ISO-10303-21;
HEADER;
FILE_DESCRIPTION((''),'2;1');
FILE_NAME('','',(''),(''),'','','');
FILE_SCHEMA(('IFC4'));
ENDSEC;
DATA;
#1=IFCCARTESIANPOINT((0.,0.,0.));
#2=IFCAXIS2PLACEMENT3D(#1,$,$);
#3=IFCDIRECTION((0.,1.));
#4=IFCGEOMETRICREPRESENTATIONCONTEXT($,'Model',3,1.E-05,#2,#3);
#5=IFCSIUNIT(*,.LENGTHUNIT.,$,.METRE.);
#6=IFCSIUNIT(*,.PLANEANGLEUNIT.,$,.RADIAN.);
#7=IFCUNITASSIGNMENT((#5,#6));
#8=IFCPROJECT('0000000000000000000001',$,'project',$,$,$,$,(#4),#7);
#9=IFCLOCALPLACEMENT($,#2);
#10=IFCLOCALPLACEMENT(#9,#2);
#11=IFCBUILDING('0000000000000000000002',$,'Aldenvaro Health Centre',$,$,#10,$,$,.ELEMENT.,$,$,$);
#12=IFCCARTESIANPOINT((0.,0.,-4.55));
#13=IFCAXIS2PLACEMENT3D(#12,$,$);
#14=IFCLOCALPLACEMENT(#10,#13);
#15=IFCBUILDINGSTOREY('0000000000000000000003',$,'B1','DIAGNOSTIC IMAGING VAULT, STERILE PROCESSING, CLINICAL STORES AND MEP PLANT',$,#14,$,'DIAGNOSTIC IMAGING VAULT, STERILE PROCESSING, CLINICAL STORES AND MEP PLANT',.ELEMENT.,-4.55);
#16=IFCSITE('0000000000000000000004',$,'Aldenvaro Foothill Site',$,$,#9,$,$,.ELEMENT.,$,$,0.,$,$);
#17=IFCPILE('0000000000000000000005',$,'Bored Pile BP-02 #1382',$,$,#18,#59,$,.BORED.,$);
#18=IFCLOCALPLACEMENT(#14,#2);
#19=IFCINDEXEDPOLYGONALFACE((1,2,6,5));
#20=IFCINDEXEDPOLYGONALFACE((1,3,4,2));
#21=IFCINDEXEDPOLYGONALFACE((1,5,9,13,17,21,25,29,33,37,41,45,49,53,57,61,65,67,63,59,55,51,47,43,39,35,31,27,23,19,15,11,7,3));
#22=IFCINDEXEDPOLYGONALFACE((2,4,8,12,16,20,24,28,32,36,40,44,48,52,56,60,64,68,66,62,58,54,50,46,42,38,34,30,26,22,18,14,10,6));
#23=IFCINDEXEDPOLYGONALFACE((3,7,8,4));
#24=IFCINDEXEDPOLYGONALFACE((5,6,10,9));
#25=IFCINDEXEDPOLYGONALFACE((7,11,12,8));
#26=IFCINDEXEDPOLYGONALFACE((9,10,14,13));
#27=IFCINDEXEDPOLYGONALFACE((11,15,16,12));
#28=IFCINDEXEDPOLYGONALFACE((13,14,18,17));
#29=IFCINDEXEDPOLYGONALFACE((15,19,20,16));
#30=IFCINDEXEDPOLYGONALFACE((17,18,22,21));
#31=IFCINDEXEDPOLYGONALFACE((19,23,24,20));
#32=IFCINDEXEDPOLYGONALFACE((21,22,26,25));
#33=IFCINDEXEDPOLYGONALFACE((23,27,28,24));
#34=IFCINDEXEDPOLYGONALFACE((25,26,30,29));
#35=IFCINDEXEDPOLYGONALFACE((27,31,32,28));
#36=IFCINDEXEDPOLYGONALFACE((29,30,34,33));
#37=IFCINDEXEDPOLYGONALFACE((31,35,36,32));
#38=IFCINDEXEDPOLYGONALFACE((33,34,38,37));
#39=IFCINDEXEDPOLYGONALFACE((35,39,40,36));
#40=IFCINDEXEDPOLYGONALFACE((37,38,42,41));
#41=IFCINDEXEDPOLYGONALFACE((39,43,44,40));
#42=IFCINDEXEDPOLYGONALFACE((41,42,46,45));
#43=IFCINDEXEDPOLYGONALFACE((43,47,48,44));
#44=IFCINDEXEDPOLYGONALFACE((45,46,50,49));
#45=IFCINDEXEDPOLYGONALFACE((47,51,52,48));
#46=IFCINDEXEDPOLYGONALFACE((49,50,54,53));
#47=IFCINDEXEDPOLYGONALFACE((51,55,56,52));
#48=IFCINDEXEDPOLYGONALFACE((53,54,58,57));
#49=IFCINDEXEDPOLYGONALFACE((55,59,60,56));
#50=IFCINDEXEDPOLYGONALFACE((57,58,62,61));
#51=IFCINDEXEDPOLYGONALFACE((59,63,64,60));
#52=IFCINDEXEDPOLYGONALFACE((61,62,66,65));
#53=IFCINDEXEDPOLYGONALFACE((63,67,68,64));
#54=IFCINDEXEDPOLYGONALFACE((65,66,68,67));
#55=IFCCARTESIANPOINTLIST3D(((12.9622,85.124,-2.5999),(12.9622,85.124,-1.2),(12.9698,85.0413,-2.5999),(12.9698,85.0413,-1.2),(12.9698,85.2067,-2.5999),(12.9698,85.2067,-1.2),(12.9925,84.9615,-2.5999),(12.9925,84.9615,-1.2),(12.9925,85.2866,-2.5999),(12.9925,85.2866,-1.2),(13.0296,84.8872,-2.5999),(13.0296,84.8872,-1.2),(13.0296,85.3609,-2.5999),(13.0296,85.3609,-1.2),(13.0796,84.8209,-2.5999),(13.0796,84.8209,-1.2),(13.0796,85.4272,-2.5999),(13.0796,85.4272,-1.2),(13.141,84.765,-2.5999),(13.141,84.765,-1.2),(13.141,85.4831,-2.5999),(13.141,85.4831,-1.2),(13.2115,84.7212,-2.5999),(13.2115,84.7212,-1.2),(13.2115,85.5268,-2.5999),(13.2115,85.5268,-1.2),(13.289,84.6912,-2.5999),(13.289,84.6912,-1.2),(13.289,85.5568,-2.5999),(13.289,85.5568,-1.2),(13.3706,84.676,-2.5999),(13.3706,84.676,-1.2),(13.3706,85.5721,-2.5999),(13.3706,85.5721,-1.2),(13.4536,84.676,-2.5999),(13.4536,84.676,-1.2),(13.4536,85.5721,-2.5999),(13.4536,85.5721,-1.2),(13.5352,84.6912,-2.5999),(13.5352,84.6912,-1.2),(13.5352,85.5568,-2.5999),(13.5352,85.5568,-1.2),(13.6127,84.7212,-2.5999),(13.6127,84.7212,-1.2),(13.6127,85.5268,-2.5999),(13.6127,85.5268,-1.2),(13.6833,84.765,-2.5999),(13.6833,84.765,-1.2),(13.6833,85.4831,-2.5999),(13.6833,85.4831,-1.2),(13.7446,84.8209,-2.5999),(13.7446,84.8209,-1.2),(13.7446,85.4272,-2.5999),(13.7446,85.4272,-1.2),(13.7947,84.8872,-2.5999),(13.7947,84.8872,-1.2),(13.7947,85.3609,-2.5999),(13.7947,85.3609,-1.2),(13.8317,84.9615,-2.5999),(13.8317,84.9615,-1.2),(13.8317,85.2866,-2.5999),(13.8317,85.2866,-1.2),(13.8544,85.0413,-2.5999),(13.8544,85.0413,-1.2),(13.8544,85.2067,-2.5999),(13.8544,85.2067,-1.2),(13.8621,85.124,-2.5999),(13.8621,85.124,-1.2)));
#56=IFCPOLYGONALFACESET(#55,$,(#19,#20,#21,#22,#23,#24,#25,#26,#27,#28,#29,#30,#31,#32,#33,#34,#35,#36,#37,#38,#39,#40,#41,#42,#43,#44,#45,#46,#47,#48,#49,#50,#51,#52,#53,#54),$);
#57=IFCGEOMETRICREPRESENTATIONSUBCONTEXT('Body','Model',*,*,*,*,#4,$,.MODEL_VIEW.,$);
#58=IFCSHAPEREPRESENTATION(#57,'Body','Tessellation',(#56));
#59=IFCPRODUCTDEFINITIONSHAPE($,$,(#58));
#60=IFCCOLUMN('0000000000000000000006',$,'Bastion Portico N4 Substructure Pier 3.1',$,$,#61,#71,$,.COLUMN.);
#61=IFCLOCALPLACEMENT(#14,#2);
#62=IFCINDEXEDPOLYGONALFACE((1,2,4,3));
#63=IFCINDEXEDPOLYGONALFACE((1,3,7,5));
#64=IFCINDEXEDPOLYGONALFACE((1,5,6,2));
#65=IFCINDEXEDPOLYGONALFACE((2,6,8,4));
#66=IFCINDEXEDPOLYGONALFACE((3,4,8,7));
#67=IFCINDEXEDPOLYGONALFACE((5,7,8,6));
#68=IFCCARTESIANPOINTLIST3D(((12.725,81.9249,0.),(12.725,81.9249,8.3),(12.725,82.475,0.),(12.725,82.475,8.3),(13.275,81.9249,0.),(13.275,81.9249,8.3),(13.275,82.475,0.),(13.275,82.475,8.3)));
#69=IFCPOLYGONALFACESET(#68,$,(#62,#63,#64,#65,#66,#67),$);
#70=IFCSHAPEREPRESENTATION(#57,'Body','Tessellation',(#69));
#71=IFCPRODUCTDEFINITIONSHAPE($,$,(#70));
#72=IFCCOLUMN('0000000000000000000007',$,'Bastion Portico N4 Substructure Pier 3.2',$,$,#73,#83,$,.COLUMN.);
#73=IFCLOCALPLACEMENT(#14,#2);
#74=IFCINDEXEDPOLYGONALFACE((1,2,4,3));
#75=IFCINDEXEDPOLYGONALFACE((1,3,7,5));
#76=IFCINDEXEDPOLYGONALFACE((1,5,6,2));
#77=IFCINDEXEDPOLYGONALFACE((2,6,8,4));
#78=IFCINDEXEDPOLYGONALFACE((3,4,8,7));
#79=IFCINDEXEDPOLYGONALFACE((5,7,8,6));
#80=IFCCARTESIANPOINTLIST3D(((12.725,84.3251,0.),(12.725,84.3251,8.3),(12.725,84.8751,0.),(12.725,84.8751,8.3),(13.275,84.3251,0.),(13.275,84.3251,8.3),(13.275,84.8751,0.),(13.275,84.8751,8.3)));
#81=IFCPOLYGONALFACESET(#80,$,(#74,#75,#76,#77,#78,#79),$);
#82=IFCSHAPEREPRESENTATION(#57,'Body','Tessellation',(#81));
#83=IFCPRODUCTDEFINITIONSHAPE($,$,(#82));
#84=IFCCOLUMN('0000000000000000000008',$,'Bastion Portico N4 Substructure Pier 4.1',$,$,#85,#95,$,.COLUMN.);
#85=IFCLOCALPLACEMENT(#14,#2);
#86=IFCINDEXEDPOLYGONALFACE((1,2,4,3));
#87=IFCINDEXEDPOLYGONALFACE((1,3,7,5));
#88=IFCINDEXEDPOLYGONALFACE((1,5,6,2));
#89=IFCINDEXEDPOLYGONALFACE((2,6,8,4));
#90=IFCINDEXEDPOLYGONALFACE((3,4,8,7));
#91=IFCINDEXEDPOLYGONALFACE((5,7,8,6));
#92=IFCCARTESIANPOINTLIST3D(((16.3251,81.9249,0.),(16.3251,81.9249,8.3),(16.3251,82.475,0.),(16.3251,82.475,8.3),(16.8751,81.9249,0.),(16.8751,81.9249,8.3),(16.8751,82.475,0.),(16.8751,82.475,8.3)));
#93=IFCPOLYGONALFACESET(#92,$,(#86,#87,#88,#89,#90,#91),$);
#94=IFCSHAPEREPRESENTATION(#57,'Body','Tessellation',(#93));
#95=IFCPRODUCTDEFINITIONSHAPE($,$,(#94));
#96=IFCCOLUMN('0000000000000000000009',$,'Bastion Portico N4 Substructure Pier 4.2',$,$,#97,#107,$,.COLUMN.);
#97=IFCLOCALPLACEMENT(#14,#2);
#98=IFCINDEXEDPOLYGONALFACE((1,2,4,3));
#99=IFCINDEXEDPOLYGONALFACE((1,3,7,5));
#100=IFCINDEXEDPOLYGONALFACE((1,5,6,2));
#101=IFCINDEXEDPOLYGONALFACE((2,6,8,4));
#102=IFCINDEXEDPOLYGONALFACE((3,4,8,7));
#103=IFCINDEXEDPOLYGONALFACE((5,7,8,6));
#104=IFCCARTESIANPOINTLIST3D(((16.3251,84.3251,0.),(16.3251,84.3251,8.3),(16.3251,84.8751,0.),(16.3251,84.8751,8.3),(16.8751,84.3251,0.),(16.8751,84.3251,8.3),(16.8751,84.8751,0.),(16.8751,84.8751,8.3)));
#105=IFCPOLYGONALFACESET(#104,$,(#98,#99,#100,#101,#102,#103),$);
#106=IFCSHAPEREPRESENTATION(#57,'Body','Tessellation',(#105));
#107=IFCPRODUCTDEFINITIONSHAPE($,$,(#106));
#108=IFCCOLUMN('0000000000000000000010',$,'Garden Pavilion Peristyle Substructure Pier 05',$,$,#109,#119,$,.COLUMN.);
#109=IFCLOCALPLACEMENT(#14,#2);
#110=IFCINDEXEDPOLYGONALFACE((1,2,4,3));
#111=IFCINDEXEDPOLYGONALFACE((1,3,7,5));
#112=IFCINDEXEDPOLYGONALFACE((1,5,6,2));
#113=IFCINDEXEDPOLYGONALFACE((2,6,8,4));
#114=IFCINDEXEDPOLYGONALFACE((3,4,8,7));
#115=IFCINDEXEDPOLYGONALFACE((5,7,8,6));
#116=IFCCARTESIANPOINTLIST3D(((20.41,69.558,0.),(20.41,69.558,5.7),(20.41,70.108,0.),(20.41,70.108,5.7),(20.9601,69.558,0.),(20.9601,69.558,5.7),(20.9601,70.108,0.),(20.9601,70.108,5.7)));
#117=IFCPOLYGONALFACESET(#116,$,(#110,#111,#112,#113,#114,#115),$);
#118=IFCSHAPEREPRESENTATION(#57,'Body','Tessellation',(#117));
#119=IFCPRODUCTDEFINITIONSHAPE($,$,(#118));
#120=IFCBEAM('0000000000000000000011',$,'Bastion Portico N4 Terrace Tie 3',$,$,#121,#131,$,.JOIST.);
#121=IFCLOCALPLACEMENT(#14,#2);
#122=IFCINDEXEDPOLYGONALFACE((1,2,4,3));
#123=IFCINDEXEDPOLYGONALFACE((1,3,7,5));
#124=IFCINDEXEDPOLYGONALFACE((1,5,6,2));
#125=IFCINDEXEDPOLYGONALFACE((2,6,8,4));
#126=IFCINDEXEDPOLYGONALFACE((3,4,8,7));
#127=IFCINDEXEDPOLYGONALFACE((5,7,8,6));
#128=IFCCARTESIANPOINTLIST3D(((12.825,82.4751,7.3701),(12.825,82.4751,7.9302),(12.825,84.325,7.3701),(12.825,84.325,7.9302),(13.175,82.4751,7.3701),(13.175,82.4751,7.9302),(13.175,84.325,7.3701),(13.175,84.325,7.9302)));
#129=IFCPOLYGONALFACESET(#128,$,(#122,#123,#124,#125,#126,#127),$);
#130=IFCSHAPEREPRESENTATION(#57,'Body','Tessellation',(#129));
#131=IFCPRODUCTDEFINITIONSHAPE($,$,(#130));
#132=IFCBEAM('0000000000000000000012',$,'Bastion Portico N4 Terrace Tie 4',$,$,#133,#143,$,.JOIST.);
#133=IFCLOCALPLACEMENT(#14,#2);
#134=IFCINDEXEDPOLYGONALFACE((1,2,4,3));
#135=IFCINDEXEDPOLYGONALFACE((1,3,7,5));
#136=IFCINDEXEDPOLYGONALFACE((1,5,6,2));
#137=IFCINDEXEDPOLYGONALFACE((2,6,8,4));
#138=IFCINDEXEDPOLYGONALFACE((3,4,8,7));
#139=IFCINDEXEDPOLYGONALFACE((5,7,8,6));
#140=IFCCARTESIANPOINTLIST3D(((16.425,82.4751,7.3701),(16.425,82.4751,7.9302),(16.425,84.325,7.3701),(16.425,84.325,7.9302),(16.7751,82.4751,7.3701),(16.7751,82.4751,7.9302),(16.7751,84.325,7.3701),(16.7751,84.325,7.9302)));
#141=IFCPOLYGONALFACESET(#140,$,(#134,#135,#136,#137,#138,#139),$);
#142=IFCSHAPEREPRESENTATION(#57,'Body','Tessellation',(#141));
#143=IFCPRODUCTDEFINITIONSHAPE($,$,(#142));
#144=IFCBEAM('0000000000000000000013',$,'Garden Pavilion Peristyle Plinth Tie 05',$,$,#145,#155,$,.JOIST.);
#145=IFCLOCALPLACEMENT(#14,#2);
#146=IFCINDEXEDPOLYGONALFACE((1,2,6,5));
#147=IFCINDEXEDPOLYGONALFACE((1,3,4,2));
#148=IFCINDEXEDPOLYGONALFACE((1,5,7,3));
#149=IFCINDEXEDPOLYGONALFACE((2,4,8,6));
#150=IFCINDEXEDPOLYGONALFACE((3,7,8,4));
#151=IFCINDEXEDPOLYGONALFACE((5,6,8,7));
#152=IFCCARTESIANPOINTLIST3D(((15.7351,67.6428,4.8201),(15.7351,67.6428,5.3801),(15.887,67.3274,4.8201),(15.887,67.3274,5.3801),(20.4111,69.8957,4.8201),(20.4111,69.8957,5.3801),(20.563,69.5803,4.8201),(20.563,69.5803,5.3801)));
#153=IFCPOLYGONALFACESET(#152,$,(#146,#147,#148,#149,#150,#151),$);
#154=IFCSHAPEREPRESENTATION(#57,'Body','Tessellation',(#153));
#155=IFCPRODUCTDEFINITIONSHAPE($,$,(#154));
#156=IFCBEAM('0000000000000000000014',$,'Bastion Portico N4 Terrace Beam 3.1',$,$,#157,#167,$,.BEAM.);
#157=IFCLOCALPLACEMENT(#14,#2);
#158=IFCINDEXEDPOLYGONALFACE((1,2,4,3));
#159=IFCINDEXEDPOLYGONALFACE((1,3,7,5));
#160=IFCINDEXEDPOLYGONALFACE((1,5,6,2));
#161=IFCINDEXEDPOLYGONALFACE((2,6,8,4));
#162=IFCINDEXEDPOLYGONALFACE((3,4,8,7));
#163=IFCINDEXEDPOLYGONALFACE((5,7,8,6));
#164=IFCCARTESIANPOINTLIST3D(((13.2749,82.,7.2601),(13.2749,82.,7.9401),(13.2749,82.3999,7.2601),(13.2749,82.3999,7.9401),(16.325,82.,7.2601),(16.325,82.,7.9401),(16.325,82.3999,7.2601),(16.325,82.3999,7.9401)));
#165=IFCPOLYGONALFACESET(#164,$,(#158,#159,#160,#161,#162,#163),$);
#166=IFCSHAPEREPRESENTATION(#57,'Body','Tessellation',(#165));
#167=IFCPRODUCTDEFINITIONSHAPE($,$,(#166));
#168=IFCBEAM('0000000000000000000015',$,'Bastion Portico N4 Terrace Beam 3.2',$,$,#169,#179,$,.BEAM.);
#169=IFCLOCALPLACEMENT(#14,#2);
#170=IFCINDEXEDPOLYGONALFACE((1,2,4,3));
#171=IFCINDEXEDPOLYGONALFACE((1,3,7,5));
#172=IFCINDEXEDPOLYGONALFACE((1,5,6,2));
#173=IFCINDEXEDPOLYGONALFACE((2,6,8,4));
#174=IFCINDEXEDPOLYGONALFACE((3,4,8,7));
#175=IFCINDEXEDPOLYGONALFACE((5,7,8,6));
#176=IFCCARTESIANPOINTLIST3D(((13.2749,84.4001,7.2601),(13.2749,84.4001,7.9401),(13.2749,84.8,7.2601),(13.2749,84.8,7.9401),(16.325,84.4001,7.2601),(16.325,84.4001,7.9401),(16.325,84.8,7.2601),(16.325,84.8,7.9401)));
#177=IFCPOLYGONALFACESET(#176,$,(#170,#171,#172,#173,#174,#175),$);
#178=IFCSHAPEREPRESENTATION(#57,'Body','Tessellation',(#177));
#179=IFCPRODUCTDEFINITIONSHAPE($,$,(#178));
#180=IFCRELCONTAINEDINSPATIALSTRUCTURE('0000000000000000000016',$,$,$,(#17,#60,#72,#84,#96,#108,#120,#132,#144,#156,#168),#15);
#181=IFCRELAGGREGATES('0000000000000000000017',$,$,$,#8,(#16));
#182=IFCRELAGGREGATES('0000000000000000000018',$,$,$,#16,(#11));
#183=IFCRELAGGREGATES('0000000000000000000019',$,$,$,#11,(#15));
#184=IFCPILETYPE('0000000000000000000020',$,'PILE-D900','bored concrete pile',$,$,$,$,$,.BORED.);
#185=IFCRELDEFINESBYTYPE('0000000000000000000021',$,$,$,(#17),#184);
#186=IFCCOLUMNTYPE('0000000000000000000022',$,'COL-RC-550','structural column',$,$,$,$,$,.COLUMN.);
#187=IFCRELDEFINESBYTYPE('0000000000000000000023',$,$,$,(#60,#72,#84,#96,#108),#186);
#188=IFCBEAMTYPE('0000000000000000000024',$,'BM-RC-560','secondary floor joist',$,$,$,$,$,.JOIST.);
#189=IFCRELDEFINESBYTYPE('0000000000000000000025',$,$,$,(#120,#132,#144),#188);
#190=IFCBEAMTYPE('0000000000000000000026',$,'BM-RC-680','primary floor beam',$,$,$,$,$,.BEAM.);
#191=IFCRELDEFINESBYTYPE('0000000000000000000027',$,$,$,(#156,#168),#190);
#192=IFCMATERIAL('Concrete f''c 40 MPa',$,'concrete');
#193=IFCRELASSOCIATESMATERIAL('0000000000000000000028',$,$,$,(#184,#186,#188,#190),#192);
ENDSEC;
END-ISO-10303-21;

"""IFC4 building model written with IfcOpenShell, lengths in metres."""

from ifc_helpers import new_model, si_unit, direction, frame, origin, origin_2d, place, context, subcontext, project, spatial, rectangle, circle, extrude, material, material_profile, profile_set, type_object, element, save


model = new_model("IFC4")

# Units and contexts
model_context = context("Model", 3, precision=1e-05, world=origin(), true_north=direction((0.0, 1.0)))
body_context = subcontext(model_context, "Body", "Model", "MODEL_VIEW")
ifc_project = project(units=[si_unit("LENGTHUNIT", "METRE"), si_unit("PLANEANGLEUNIT", "RADIAN")], contexts=[model_context])

# Site, building, storey
site_placement = place(None, origin())
site = spatial("IfcSite", under=ifc_project, at=site_placement, Name="Aldenvaro Foothill Site", CompositionType="ELEMENT", RefElevation=0.0)
building_placement = place(site_placement, origin())
building = spatial("IfcBuilding", under=site, at=building_placement, Name="Aldenvaro Health Centre", CompositionType="ELEMENT")
storey_placement = place(building_placement, frame((0.0, 0.0, -4.55)))
storey = spatial("IfcBuildingStorey", under=building, at=storey_placement, Name="B1", Description="DIAGNOSTIC IMAGING VAULT, STERILE PROCESSING, CLINICAL STORES AND MEP PLANT", LongName="DIAGNOSTIC IMAGING VAULT, STERILE PROCESSING, CLINICAL STORES AND MEP PLANT", CompositionType="ELEMENT", Elevation=-4.55)

# Shared definitions
ifc_material = material(Name="Concrete f'c 40 MPa", Category="concrete")

# Pile
ifc_material_profile_1 = material_profile(ifc_material, circle(Radius=0.45, at=origin_2d()), Name="PILE D900", Category="concrete")
ifc_profile_set_1 = profile_set([ifc_material_profile_1], Name="Concrete f'c 40 MPa")
pile_type_1 = type_object("IfcPileType", Name="PILE-D900", Description="bored concrete pile", PredefinedType="BORED", material=ifc_profile_set_1)
for number, where, z_axis, x_axis, name in (
    (1, (13.4121, 85.124, -1.2), (0.0, 0.0, -1.0), (1.0, 0.0, 0.0), "Bored Pile BP-02 #1382"),
):
    element("IfcPile", number, at=place(storey_placement, frame(where, z_axis=z_axis, x_axis=x_axis)), inside=storey, type_object=pile_type_1, Name=name, PredefinedType="BORED", context=body_context, shape_type="SweptSolid", body=[
        extrude(circle(Radius=0.45, at=origin_2d()), origin(), (0.0, 0.0, 1.0), 1.3999),
    ])

# Columns
ifc_material_profile_2 = material_profile(ifc_material, rectangle(XDim=0.55, YDim=0.55, at=origin_2d()), Name="RC 550x550", Category="concrete")
ifc_profile_set_2 = profile_set([ifc_material_profile_2], Name="Concrete f'c 40 MPa")
column_type = type_object("IfcColumnType", Name="COL-RC-550", Description="structural column", PredefinedType="COLUMN", material=ifc_profile_set_2)
for number, where, z_axis, x_axis, name in (
    (2, (13.0, 82.2, 0.0), (0.0, 0.0, 1.0), (1.0, 0.0, 0.0), "Bastion Portico N4 Substructure Pier 3.1"),
    (3, (13.0, 84.6001, 0.0), (0.0, 0.0, 1.0), (1.0, 0.0, 0.0), "Bastion Portico N4 Substructure Pier 3.2"),
    (4, (16.6001, 82.2, 0.0), (0.0, 0.0, 1.0), (1.0, 0.0, 0.0), "Bastion Portico N4 Substructure Pier 4.1"),
    (5, (16.6001, 84.6001, 0.0), (0.0, 0.0, 1.0), (1.0, 0.0, 0.0), "Bastion Portico N4 Substructure Pier 4.2"),
):
    element("IfcColumn", number, at=place(storey_placement, frame(where, z_axis=z_axis, x_axis=x_axis)), inside=storey, type_object=column_type, Name=name, PredefinedType="COLUMN", context=body_context, shape_type="SweptSolid", body=[
        extrude(rectangle(XDim=0.55, YDim=0.55, at=origin_2d()), origin(), (0.0, 0.0, 1.0), 8.3),
    ])
column_placement = place(storey_placement, frame((20.6851, 69.833, 0.0), z_axis=(0.0, 0.0, 1.0), x_axis=(1.0, 0.0, 0.0)))
element("IfcColumn", 6, at=column_placement, inside=storey, type_object=column_type, Name="Garden Pavilion Peristyle Substructure Pier 05", PredefinedType="COLUMN", context=body_context, shape_type="SweptSolid", body=[
    extrude(rectangle(XDim=0.55, YDim=0.55, at=origin_2d()), origin(), (0.0, 0.0, 1.0), 5.7),
])

# Beams
ifc_material_profile_3 = material_profile(ifc_material, rectangle(XDim=0.3501, YDim=0.5601, at=origin_2d()), Name="RC 350x560", Category="concrete")
ifc_profile_set_3 = profile_set([ifc_material_profile_3], Name="Concrete f'c 40 MPa")
beam_type_1 = type_object("IfcBeamType", Name="BM-RC-560", Description="secondary floor joist", PredefinedType="JOIST", material=ifc_profile_set_3)
for number, where, z_axis, x_axis, name in (
    (7, (13.0, 82.4751, 7.6501), (0.0, 1.0, 0.0), (-1.0, 0.0, 0.0), "Bastion Portico N4 Terrace Tie 3"),
    (8, (16.6001, 82.4751, 7.6501), (0.0, 1.0, 0.0), (-1.0, 0.0, 0.0), "Bastion Portico N4 Terrace Tie 4"),
):
    element("IfcBeam", number, at=place(storey_placement, frame(where, z_axis=z_axis, x_axis=x_axis)), inside=storey, type_object=beam_type_1, Name=name, PredefinedType="JOIST", context=body_context, shape_type="SweptSolid", body=[
        extrude(rectangle(XDim=0.3501, YDim=0.5601, at=origin_2d()), origin(), (0.0, 0.0, 1.0), 1.8499),
    ])
beam_placement = place(storey_placement, frame((20.4871, 69.738, 5.1001), z_axis=(-0.900888, -0.434052, 0.0), x_axis=(0.434052, -0.900888, 0.0)))
element("IfcBeam", 9, at=beam_placement, inside=storey, type_object=beam_type_1, Name="Garden Pavilion Peristyle Plinth Tie 05", PredefinedType="JOIST", context=body_context, shape_type="SweptSolid", body=[
    extrude(rectangle(XDim=0.3501, YDim=0.5601, at=origin_2d()), origin(), (0.0, 0.0, 1.0), 5.1904),
])
ifc_material_profile_4 = material_profile(ifc_material, rectangle(XDim=0.3999, YDim=0.6799, at=origin_2d()), Name="RC 400x680", Category="concrete")
ifc_profile_set_4 = profile_set([ifc_material_profile_4], Name="Concrete f'c 40 MPa")
beam_type_2 = type_object("IfcBeamType", Name="BM-RC-680", Description="primary floor beam", PredefinedType="BEAM", material=ifc_profile_set_4)
for number, where, z_axis, x_axis, name in (
    (10, (13.2749, 82.2, 7.6001), (1.0, 0.0, 0.0), (0.0, 1.0, 0.0), "Bastion Portico N4 Terrace Beam 3.1"),
    (11, (13.2749, 84.6001, 7.6001), (1.0, 0.0, 0.0), (0.0, 1.0, 0.0), "Bastion Portico N4 Terrace Beam 3.2"),
):
    element("IfcBeam", number, at=place(storey_placement, frame(where, z_axis=z_axis, x_axis=x_axis)), inside=storey, type_object=beam_type_2, Name=name, PredefinedType="BEAM", context=body_context, shape_type="SweptSolid", body=[
        extrude(rectangle(XDim=0.3999, YDim=0.6799, at=origin_2d()), origin(), (0.0, 0.0, 1.0), 3.05),
    ])

save(model, "model.ifc")
